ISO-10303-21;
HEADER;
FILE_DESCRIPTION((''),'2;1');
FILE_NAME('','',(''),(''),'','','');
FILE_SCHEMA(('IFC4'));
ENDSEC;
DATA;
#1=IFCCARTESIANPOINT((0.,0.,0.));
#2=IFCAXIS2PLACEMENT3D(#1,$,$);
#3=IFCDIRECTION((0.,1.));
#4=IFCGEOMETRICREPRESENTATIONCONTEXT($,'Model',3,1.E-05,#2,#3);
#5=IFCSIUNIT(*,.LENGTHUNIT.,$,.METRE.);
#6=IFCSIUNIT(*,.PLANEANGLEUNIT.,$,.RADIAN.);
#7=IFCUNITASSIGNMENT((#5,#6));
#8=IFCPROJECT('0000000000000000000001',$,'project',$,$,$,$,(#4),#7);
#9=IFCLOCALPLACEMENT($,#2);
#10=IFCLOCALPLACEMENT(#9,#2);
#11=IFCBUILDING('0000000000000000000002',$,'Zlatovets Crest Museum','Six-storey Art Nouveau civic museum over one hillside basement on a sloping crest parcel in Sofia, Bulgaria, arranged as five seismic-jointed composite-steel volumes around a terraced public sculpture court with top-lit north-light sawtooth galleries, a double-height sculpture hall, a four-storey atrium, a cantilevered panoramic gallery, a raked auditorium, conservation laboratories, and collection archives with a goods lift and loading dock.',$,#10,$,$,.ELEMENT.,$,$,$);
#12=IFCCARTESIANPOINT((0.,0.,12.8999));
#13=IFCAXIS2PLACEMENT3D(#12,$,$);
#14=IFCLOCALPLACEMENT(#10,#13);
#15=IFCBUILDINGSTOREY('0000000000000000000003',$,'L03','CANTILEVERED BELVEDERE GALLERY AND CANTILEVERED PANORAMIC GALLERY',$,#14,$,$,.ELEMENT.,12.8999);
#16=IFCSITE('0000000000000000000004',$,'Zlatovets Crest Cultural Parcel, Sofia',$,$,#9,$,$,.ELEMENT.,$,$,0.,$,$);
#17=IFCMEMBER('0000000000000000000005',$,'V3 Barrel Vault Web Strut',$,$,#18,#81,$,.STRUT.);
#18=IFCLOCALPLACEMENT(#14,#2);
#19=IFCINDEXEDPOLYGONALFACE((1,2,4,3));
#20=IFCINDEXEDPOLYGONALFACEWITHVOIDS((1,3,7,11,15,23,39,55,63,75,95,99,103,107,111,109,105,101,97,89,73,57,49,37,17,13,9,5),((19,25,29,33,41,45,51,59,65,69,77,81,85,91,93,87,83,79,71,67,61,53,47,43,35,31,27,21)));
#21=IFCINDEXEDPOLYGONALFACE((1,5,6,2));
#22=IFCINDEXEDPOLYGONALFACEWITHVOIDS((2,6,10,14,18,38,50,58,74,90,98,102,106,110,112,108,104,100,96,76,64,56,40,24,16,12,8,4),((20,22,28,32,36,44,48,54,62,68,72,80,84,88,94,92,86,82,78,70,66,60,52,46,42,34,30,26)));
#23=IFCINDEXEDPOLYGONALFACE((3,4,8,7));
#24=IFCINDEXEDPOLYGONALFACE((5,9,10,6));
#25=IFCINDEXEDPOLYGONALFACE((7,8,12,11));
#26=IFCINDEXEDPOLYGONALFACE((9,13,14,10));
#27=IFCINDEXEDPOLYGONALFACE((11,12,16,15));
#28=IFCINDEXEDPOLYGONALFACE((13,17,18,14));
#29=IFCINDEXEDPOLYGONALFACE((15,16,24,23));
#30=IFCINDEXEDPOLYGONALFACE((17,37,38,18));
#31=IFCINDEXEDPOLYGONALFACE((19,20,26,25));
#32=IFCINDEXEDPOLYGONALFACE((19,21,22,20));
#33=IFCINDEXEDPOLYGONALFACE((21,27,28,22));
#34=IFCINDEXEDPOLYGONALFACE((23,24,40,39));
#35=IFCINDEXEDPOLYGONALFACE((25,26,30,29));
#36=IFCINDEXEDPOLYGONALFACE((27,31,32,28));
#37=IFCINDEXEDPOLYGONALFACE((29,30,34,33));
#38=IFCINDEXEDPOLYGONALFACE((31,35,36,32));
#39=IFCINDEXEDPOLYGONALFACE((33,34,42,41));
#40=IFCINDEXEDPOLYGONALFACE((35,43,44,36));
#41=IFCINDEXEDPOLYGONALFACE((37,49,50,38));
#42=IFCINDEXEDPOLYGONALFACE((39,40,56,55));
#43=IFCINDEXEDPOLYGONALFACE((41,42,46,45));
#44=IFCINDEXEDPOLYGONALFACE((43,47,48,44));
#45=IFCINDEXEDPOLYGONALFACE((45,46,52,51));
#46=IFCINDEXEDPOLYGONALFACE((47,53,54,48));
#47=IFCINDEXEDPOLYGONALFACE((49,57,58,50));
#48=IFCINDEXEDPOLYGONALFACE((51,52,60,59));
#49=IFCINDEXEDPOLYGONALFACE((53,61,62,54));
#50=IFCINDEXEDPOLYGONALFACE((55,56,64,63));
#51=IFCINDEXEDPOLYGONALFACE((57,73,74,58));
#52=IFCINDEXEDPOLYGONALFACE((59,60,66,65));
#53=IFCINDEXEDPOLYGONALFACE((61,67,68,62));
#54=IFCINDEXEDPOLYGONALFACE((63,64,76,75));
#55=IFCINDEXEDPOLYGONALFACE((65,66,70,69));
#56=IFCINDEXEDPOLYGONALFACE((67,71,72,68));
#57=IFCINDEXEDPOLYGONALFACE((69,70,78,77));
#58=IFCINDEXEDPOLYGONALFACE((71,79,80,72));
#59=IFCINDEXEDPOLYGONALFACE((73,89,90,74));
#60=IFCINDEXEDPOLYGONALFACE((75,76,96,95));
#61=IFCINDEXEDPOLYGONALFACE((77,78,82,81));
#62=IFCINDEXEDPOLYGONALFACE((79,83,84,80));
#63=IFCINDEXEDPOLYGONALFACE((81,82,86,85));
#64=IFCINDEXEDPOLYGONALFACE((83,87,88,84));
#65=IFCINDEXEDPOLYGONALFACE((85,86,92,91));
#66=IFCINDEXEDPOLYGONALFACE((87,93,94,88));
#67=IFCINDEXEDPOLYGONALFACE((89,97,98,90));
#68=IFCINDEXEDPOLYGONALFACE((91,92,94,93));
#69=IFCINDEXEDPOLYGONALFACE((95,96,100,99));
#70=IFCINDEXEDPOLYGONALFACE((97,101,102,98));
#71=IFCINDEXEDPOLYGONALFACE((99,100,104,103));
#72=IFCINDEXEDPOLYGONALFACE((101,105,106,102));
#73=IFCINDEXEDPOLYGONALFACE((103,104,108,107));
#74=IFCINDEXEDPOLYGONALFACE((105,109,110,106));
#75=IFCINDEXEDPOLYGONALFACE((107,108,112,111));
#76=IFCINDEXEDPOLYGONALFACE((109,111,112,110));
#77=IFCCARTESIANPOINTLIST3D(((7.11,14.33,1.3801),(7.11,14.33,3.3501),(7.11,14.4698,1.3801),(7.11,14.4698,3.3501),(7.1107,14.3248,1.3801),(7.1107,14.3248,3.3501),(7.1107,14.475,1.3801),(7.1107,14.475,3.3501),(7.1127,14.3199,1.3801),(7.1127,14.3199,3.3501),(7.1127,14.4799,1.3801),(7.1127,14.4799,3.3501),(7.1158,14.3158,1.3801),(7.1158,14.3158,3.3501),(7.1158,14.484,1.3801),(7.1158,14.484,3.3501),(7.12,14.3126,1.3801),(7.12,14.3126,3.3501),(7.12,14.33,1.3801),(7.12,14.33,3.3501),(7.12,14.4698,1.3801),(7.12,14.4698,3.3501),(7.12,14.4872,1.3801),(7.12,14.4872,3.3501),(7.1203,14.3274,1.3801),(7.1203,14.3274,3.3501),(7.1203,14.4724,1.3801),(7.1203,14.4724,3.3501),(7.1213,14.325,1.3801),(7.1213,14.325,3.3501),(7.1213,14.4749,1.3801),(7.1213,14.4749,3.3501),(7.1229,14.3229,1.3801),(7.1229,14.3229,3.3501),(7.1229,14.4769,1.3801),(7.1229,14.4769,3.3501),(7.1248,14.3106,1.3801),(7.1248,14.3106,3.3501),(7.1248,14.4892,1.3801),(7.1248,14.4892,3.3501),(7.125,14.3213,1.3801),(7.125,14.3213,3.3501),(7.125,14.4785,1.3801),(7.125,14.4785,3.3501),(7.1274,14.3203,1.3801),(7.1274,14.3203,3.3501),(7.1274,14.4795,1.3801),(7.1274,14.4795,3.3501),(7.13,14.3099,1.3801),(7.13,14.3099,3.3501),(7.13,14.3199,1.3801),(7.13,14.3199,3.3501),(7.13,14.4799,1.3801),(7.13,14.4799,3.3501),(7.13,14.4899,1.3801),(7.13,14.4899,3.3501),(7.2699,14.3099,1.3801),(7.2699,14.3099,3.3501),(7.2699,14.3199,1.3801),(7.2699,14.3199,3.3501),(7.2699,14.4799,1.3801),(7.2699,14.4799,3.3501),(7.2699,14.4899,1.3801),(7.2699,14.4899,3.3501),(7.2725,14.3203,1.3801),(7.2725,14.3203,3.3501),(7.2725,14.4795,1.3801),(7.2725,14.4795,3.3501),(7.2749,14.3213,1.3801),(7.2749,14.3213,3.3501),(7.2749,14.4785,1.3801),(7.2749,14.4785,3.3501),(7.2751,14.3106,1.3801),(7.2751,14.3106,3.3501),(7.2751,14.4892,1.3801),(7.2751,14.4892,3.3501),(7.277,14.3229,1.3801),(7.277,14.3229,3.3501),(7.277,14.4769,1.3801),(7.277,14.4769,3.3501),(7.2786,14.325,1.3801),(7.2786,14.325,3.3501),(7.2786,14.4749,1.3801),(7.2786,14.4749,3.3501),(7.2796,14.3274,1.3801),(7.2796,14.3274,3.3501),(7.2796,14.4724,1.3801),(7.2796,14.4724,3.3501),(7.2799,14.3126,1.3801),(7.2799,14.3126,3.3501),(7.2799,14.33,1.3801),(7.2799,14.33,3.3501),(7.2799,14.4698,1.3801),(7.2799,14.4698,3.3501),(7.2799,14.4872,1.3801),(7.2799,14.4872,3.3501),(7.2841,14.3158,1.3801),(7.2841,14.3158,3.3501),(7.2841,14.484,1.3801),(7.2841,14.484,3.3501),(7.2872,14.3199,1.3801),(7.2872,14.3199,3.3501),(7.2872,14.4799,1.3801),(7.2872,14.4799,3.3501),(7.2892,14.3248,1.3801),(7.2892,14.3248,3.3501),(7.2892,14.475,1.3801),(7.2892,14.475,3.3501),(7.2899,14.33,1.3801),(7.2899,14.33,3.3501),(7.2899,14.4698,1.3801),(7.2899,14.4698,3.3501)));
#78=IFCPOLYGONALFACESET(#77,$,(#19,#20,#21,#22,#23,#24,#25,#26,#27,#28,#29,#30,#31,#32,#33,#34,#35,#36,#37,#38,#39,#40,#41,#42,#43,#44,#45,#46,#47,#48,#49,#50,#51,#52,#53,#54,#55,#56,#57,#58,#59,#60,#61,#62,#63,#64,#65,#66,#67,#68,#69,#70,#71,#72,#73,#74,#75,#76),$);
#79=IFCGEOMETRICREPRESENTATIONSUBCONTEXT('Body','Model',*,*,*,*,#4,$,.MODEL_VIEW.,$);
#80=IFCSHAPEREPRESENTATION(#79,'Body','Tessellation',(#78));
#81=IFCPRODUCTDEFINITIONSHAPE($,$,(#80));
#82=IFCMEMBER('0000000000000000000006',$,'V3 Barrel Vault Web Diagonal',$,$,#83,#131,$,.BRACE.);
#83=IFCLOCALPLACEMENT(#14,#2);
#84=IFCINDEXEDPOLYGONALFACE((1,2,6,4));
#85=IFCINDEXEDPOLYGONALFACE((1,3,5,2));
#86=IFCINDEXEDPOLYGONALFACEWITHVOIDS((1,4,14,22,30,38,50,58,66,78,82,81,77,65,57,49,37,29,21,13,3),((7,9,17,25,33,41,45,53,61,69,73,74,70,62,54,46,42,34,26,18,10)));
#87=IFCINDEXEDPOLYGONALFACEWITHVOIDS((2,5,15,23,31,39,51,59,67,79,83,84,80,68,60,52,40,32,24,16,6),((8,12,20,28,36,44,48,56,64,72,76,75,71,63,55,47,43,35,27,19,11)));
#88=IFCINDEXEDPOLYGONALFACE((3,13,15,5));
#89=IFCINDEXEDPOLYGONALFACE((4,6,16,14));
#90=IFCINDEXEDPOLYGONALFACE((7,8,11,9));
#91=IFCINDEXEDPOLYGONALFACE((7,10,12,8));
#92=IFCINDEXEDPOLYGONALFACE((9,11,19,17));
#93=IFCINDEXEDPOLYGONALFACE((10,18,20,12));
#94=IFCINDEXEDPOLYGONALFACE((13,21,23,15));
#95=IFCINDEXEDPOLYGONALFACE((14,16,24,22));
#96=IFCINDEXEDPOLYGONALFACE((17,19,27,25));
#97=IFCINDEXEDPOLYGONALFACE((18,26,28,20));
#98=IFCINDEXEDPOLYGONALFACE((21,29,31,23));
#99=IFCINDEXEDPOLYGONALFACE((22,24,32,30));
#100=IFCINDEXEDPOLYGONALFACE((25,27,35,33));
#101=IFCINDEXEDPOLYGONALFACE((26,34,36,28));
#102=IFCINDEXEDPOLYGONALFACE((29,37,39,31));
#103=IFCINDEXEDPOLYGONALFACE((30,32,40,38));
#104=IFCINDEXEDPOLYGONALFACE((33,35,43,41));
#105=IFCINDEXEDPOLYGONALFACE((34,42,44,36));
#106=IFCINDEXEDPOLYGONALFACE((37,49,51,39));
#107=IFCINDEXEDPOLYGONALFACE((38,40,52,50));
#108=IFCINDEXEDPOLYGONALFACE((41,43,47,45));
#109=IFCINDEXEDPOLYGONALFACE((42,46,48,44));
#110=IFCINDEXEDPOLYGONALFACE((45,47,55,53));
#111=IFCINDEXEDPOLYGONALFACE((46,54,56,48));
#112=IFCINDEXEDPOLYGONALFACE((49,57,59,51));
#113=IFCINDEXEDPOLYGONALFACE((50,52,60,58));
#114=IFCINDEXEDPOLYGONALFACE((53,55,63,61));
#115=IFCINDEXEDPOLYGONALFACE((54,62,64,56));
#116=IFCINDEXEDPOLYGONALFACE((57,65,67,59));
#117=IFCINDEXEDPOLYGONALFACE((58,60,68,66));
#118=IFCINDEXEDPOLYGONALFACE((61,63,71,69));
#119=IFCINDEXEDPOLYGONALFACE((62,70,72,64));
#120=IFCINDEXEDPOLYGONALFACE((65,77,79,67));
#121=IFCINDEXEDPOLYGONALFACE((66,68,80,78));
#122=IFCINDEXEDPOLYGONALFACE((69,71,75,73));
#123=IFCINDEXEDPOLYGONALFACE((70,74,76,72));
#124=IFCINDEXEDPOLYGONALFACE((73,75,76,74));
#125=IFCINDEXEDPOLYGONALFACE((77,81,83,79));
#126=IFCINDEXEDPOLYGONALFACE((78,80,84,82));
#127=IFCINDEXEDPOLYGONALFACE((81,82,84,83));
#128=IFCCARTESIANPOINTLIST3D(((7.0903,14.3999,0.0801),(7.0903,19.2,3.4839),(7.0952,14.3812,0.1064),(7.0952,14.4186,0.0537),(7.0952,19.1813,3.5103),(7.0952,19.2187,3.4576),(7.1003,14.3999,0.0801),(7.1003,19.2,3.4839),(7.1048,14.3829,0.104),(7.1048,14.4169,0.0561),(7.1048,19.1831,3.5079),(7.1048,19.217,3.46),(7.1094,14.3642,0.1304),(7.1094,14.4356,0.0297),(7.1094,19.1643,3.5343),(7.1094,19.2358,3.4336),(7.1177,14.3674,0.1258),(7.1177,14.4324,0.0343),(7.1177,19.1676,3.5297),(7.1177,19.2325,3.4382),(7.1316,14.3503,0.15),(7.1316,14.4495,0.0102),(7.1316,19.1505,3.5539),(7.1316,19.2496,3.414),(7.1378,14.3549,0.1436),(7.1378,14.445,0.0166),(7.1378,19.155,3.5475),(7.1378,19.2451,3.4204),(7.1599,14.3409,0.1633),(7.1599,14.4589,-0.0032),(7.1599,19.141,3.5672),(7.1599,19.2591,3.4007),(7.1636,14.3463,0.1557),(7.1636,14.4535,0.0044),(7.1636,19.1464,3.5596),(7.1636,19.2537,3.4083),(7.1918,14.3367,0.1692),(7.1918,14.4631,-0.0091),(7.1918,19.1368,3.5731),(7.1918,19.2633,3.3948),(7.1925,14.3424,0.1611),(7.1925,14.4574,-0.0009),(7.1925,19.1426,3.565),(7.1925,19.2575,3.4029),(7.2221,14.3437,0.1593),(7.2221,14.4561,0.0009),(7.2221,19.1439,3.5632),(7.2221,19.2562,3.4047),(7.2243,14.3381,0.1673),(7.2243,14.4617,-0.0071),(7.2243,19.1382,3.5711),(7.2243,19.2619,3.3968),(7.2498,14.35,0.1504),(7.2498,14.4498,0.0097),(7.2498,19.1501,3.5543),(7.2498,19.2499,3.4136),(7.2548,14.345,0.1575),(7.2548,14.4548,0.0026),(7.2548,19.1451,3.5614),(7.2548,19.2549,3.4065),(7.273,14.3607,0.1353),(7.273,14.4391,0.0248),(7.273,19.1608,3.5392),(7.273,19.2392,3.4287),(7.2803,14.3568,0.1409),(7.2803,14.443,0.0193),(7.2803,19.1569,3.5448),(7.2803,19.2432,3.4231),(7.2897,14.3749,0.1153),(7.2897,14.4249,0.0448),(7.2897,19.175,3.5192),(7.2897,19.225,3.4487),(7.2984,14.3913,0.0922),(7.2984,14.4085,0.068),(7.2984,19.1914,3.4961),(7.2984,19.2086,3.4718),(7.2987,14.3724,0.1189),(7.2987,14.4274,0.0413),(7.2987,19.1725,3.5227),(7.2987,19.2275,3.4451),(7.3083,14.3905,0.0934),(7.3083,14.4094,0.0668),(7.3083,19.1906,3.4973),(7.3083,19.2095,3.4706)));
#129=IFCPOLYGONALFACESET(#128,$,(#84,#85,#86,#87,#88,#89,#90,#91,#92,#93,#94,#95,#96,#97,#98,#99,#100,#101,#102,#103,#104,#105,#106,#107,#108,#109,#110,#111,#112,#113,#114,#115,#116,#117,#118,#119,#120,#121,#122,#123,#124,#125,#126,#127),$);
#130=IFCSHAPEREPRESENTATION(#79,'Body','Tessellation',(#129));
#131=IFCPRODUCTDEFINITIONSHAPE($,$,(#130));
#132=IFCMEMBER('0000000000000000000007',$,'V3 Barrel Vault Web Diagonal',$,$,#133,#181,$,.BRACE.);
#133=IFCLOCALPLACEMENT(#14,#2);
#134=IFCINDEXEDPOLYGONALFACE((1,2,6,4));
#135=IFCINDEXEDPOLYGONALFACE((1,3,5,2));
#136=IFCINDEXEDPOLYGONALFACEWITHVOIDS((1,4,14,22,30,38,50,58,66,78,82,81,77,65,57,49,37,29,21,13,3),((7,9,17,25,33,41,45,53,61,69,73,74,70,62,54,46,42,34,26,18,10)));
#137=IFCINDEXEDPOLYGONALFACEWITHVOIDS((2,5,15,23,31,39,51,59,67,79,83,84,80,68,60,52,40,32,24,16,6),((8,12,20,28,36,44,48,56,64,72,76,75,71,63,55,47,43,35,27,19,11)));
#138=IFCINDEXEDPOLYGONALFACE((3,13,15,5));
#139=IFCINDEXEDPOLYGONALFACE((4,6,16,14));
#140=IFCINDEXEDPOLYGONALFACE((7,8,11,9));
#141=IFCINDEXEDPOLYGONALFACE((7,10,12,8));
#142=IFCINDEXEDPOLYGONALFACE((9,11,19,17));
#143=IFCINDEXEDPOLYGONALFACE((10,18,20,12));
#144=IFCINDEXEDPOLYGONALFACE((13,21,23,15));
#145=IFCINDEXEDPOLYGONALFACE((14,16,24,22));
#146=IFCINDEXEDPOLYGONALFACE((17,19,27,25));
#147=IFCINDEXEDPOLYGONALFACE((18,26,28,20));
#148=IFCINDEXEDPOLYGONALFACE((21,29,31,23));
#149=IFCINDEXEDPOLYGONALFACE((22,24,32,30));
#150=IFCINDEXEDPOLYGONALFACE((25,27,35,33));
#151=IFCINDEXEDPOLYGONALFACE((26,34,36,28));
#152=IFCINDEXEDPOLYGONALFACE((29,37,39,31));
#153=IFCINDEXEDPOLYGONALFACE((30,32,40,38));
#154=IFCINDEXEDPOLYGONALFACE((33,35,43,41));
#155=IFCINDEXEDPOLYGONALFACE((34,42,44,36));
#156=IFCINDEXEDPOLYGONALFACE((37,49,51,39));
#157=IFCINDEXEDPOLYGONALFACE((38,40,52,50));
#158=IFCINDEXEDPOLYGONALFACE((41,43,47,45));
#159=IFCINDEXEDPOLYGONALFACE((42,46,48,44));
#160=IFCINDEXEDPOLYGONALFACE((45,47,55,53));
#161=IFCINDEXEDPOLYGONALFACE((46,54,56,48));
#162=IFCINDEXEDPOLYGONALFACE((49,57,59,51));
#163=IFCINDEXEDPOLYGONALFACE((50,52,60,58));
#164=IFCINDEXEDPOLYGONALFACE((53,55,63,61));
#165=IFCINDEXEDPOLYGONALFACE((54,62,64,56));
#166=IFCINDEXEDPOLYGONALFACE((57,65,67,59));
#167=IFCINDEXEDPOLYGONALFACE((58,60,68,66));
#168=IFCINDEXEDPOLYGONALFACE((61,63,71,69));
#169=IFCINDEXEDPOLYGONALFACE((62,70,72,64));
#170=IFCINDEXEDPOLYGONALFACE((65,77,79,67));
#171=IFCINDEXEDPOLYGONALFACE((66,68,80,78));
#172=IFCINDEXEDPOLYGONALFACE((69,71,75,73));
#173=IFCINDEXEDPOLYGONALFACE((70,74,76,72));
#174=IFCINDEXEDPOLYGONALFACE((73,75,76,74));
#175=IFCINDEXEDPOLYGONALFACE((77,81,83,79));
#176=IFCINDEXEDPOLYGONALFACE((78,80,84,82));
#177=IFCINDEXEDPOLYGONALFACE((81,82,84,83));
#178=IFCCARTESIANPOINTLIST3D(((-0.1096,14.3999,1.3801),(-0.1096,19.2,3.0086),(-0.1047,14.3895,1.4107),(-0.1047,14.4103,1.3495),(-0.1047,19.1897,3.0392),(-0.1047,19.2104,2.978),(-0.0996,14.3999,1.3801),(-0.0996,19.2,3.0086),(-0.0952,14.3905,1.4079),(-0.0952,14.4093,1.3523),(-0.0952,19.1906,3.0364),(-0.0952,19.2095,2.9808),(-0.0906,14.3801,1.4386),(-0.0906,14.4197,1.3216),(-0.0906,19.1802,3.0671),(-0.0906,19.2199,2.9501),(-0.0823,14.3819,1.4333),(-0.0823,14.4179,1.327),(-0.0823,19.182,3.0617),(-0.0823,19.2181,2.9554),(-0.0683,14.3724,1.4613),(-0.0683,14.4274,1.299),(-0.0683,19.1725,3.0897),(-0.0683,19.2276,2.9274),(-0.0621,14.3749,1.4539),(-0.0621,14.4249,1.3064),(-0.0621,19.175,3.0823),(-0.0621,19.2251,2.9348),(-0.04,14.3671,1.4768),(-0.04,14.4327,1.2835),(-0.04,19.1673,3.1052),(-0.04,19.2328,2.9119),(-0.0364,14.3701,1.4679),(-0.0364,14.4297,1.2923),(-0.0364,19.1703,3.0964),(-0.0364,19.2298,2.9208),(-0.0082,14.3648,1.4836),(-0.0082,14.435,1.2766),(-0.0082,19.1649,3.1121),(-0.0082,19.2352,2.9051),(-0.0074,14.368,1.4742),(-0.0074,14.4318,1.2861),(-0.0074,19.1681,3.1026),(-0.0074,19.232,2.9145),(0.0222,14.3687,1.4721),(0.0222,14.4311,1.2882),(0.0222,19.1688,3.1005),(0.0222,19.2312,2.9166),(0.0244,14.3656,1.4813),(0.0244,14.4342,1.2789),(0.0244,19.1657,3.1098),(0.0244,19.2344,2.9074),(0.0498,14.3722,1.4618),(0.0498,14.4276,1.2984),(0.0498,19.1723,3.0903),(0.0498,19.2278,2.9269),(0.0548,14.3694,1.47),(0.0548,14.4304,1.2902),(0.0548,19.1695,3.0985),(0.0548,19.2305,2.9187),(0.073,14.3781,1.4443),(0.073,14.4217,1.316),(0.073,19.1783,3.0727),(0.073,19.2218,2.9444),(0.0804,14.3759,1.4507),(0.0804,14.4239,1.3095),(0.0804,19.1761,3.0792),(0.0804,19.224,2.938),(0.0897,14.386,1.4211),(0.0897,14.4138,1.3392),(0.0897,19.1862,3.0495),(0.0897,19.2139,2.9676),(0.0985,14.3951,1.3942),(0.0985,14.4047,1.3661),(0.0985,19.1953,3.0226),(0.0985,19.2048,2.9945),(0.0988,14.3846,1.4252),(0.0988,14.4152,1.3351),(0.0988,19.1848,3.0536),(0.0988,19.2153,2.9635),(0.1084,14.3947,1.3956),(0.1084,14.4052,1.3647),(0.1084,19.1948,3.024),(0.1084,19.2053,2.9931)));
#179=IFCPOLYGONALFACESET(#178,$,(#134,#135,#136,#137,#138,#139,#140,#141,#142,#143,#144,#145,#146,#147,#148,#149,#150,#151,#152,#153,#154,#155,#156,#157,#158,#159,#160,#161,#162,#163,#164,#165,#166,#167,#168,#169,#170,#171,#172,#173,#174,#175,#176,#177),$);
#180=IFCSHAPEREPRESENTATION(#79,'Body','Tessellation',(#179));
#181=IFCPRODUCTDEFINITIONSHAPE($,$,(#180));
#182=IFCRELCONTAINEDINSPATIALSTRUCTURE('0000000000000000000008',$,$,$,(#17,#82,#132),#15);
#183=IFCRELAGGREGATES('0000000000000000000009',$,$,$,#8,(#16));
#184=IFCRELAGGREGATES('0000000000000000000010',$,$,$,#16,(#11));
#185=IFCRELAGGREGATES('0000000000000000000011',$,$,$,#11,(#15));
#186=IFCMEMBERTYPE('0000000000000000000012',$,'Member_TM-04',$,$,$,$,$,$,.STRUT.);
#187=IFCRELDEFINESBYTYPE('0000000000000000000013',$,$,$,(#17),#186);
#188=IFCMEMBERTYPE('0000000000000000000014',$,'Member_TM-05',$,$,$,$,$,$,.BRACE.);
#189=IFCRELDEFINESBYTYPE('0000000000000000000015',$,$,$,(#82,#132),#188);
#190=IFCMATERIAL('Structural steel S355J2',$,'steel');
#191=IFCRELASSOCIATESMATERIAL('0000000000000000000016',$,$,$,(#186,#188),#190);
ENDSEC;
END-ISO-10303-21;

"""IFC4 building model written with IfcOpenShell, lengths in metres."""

from ifc_helpers import new_model, si_unit, direction, frame, origin, origin_2d, place, context, subcontext, project, spatial, hollow_rectangle, hollow_circle, extrude, material, material_profile, profile_set, type_object, element, save


model = new_model("IFC4")

# Units and contexts
model_context = context("Model", 3, precision=1e-05, world=origin(), true_north=direction((0.0, 1.0)))
body_context = subcontext(model_context, "Body", "Model", "MODEL_VIEW")
ifc_project = project(units=[si_unit("LENGTHUNIT", "METRE"), si_unit("PLANEANGLEUNIT", "RADIAN")], contexts=[model_context])

# Site, building, storey
site_placement = place(None, origin())
site = spatial("IfcSite", under=ifc_project, at=site_placement, Name="Zlatovets Crest Cultural Parcel, Sofia", CompositionType="ELEMENT", RefElevation=0.0)
building_placement = place(site_placement, origin())
building = spatial("IfcBuilding", under=site, at=building_placement, Name="Zlatovets Crest Museum", Description="Six-storey Art Nouveau civic museum over one hillside basement on a sloping crest parcel in Sofia, Bulgaria, arranged as five seismic-jointed composite-steel volumes around a terraced public sculpture court with top-lit north-light sawtooth galleries, a double-height sculpture hall, a four-storey atrium, a cantilevered panoramic gallery, a raked auditorium, conservation laboratories, and collection archives with a goods lift and loading dock.", CompositionType="ELEMENT")
storey_placement = place(building_placement, frame((0.0, 0.0, 12.8999)))
storey = spatial("IfcBuildingStorey", under=building, at=storey_placement, Name="L03", Description="CANTILEVERED BELVEDERE GALLERY AND CANTILEVERED PANORAMIC GALLERY", CompositionType="ELEMENT", Elevation=12.8999)

# Shared definitions
ifc_material_1 = material(Name="Structural steel S355J2", Category="steel")

# Members
ifc_material_profile_1 = material_profile(ifc_material_1, hollow_rectangle(XDim=0.1799, YDim=0.1799, WallThickness=0.01, InnerFilletRadius=0.01, OuterFilletRadius=0.02, at=origin_2d()), Name="SHS 180x180x10.0")
ifc_profile_set_1 = profile_set([ifc_material_profile_1], Name="Structural steel S355J2")
member_type_1 = type_object("IfcMemberType", Name="Member_TM-04", PredefinedType="STRUT", material=ifc_profile_set_1)
member_1_placement = place(storey_placement, frame((7.2, 14.3999, 1.3801), z_axis=(0.0, 0.0, 1.0), x_axis=(1.0, 0.0, 0.0)))
element("IfcMember", 1, at=member_1_placement, inside=storey, type_object=member_type_1, Name="V3 Barrel Vault Web Strut", PredefinedType="STRUT", context=body_context, shape_type="SweptSolid", body=[
    extrude(hollow_rectangle(XDim=0.1799, YDim=0.1799, WallThickness=0.01, InnerFilletRadius=0.01, OuterFilletRadius=0.02, at=origin_2d()), origin(), (0.0, 0.0, 1.0), 1.97),
])
ifc_material_profile_2 = material_profile(ifc_material_1, hollow_circle(Radius=0.1096, WallThickness=0.01, at=origin_2d()), Name="CHS 219.1x10.0")
ifc_profile_set_2 = profile_set([ifc_material_profile_2], Name="Structural steel S355J2")
member_type_2 = type_object("IfcMemberType", Name="Member_TM-05", PredefinedType="BRACE", material=ifc_profile_set_2)
member_2_placement = place(storey_placement, frame((7.2, 14.3999, 0.0801), z_axis=(0.0, 0.815722, 0.578444), x_axis=(-1.0, 0.0, 0.0)))
element("IfcMember", 2, at=member_2_placement, inside=storey, type_object=member_type_2, Name="V3 Barrel Vault Web Diagonal", PredefinedType="BRACE", context=body_context, shape_type="SweptSolid", body=[
    extrude(hollow_circle(Radius=0.1096, WallThickness=0.01, at=origin_2d()), origin(), (0.0, 0.0, 1.0), 5.8845),
])
member_3_placement = place(storey_placement, frame((0.0, 14.3999, 1.3801), z_axis=(0.0, 0.946989, 0.321266), x_axis=(-1.0, 0.0, 0.0)))
element("IfcMember", 3, at=member_3_placement, inside=storey, type_object=member_type_2, Name="V3 Barrel Vault Web Diagonal", PredefinedType="BRACE", context=body_context, shape_type="SweptSolid", body=[
    extrude(hollow_circle(Radius=0.1096, WallThickness=0.01, at=origin_2d()), origin(), (0.0, 0.0, 1.0), 5.0688),
])

save(model, "model.ifc")
